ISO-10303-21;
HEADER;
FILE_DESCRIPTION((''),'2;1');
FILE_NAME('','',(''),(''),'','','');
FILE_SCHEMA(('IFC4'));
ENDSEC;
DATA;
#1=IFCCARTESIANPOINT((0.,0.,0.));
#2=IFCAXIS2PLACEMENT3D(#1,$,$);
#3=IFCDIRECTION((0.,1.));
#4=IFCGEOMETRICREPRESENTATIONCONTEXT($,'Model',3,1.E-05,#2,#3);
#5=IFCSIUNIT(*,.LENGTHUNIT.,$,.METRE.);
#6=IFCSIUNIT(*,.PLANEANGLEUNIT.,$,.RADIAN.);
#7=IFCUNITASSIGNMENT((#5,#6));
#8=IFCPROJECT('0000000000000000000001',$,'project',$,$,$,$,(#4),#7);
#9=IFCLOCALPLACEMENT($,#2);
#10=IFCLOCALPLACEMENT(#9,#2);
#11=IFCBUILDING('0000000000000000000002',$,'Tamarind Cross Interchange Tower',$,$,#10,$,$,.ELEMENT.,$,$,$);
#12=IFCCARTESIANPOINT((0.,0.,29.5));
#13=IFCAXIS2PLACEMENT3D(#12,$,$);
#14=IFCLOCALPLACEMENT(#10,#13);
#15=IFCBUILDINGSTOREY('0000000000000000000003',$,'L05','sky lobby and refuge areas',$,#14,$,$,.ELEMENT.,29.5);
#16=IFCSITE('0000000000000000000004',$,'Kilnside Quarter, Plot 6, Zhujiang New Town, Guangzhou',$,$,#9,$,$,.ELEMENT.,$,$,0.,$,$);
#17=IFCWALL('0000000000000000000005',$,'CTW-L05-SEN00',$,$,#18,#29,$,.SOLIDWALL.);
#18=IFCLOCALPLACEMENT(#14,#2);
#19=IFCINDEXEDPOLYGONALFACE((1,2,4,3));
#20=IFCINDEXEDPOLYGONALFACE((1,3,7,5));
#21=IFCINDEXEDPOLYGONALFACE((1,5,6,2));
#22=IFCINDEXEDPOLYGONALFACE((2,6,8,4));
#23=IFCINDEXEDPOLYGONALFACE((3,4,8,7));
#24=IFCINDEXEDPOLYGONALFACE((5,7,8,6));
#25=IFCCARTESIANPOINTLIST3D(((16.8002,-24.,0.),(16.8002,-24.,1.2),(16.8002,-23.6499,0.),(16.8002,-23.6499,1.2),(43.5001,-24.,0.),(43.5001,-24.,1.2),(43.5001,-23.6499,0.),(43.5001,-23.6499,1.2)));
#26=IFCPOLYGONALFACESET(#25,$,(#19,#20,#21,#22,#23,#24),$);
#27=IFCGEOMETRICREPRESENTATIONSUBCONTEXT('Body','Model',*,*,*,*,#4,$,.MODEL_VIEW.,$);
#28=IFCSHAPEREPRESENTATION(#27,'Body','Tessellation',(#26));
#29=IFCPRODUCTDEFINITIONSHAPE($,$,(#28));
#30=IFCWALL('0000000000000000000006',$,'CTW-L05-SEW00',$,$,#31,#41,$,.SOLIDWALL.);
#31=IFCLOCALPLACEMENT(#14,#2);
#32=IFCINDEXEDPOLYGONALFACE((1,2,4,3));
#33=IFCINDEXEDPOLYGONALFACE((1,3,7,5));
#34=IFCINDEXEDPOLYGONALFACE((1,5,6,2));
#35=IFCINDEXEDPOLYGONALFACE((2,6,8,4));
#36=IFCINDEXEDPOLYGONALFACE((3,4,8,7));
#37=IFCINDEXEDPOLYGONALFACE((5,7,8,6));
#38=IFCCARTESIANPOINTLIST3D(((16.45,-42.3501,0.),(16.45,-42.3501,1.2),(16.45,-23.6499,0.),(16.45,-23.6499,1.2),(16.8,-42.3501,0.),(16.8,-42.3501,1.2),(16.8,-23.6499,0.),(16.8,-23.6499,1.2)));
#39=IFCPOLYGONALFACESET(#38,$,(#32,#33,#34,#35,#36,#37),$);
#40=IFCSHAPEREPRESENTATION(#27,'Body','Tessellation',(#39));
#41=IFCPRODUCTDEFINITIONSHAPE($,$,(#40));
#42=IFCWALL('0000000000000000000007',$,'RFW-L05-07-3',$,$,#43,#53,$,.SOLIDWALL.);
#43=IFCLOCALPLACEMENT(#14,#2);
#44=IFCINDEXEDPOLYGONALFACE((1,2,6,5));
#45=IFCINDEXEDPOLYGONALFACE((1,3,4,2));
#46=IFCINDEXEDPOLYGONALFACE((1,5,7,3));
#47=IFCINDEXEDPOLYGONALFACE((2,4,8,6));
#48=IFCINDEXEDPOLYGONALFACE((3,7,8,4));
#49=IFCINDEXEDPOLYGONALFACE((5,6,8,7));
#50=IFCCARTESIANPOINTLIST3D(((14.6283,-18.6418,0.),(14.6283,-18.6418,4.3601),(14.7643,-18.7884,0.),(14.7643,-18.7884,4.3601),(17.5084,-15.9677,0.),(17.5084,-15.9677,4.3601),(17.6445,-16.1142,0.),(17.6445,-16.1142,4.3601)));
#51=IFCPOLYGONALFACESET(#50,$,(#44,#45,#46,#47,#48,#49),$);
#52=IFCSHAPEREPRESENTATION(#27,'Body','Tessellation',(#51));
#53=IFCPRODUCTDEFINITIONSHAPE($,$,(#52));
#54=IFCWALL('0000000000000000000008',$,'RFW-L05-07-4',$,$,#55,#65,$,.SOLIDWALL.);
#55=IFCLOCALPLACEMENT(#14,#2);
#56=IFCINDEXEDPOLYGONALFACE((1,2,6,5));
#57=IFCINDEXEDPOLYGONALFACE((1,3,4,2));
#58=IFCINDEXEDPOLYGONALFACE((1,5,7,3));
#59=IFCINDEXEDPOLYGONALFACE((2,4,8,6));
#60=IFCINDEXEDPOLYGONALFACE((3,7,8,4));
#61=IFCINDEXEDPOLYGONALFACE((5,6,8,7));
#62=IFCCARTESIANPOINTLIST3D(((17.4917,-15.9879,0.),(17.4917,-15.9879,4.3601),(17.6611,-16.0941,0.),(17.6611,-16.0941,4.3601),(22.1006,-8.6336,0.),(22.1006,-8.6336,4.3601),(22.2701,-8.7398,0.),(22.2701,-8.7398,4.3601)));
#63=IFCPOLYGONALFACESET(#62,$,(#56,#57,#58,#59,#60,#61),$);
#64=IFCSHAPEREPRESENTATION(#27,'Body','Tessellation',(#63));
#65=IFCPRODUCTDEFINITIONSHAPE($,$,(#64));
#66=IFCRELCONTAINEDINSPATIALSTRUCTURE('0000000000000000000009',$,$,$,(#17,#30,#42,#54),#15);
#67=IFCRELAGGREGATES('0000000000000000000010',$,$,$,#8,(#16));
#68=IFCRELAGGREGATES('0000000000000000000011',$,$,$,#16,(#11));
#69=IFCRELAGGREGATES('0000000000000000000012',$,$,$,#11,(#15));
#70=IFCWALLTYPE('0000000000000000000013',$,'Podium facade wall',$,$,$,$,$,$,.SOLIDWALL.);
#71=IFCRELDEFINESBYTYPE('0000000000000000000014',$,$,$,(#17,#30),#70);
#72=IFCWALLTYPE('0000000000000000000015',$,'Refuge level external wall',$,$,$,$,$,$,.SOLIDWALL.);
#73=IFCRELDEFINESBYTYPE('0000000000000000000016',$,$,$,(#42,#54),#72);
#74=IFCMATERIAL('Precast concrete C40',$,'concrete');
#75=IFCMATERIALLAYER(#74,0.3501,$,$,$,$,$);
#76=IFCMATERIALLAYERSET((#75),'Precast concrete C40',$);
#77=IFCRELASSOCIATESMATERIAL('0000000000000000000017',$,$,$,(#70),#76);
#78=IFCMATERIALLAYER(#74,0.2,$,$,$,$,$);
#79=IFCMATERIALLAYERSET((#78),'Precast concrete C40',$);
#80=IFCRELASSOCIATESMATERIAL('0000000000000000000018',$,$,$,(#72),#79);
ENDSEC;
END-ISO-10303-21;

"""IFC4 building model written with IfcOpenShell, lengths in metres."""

from ifc_helpers import new_model, si_unit, direction, frame, frame_2d, origin, place, context, subcontext, project, spatial, rectangle, extrude, material, layer, layer_set, type_object, element, save


model = new_model("IFC4")

# Units and contexts
model_context = context("Model", 3, precision=1e-05, world=origin(), true_north=direction((0.0, 1.0)))
body_context = subcontext(model_context, "Body", "Model", "MODEL_VIEW")
ifc_project = project(units=[si_unit("LENGTHUNIT", "METRE"), si_unit("PLANEANGLEUNIT", "RADIAN")], contexts=[model_context])

# Site, building, storey
site_placement = place(None, origin())
site = spatial("IfcSite", under=ifc_project, at=site_placement, Name="Kilnside Quarter, Plot 6, Zhujiang New Town, Guangzhou", CompositionType="ELEMENT", RefElevation=0.0)
building_placement = place(site_placement, origin())
building = spatial("IfcBuilding", under=site, at=building_placement, Name="Tamarind Cross Interchange Tower", CompositionType="ELEMENT")
storey_placement = place(building_placement, frame((0.0, 0.0, 29.5)))
storey = spatial("IfcBuildingStorey", under=building, at=storey_placement, Name="L05", Description="sky lobby and refuge areas", CompositionType="ELEMENT", Elevation=29.5)

# Walls
ifc_material_1 = material(Name="Precast concrete C40", Category="concrete")
ifc_layer_1 = layer(ifc_material_1, 0.3501)
ifc_layer_set_1 = layer_set([ifc_layer_1], Name="Precast concrete C40")
wall_type_1 = type_object("IfcWallType", Name="Podium facade wall", PredefinedType="SOLIDWALL", material=ifc_layer_set_1)
for number, where, z_axis, x_axis, name in (
    (1, (16.8, -23.825, 0.0), (0.0, 0.0, 1.0), (1.0, 0.0, 0.0), "CTW-L05-SEN00"),
):
    element("IfcWall", number, at=place(storey_placement, frame(where, z_axis=z_axis, x_axis=x_axis)), inside=storey, type_object=wall_type_1, Name=name, PredefinedType="SOLIDWALL", context=body_context, shape_type="SweptSolid", body=[
        extrude(rectangle(XDim=26.7, YDim=0.3501, at=frame_2d((13.3501, 0.0))), origin(), (0.0, 0.0, 1.0), 1.2),
    ])
wall_1_placement = place(storey_placement, frame((16.625, -42.3501, 0.0), z_axis=(0.0, 0.0, 1.0), x_axis=(0.0, 1.0, 0.0)))
element("IfcWall", 2, at=wall_1_placement, inside=storey, type_object=wall_type_1, Name="CTW-L05-SEW00", PredefinedType="SOLIDWALL", context=body_context, shape_type="SweptSolid", body=[
    extrude(rectangle(XDim=18.7002, YDim=0.3501, at=frame_2d((9.3501, 0.0))), origin(), (0.0, 0.0, 1.0), 1.2),
])
ifc_layer_2 = layer(ifc_material_1, 0.2)
ifc_layer_set_2 = layer_set([ifc_layer_2], Name="Precast concrete C40")
wall_type_2 = type_object("IfcWallType", Name="Refuge level external wall", PredefinedType="SOLIDWALL", material=ifc_layer_set_2)
wall_2_placement = place(storey_placement, frame((14.6963, -18.7151, 0.0), z_axis=(0.0, 0.0, 1.0), x_axis=(0.732836, 0.680406, 0.0)))
element("IfcWall", 3, at=wall_2_placement, inside=storey, type_object=wall_type_2, Name="RFW-L05-07-3", PredefinedType="SOLIDWALL", context=body_context, shape_type="SweptSolid", body=[
    extrude(rectangle(XDim=3.9302, YDim=0.2, at=frame_2d((1.9651, 0.0))), origin(), (0.0, 0.0, 1.0), 4.3601),
])
wall_3_placement = place(storey_placement, frame((17.5764, -16.041, 0.0), z_axis=(0.0, 0.0, 1.0), x_axis=(0.531033, 0.847351, 0.0)))
element("IfcWall", 4, at=wall_3_placement, inside=storey, type_object=wall_type_2, Name="RFW-L05-07-4", PredefinedType="SOLIDWALL", context=body_context, shape_type="SweptSolid", body=[
    extrude(rectangle(XDim=8.6792, YDim=0.2, at=frame_2d((4.3396, 0.0))), origin(), (0.0, 0.0, 1.0), 4.3601),
])

save(model, "model.ifc")
